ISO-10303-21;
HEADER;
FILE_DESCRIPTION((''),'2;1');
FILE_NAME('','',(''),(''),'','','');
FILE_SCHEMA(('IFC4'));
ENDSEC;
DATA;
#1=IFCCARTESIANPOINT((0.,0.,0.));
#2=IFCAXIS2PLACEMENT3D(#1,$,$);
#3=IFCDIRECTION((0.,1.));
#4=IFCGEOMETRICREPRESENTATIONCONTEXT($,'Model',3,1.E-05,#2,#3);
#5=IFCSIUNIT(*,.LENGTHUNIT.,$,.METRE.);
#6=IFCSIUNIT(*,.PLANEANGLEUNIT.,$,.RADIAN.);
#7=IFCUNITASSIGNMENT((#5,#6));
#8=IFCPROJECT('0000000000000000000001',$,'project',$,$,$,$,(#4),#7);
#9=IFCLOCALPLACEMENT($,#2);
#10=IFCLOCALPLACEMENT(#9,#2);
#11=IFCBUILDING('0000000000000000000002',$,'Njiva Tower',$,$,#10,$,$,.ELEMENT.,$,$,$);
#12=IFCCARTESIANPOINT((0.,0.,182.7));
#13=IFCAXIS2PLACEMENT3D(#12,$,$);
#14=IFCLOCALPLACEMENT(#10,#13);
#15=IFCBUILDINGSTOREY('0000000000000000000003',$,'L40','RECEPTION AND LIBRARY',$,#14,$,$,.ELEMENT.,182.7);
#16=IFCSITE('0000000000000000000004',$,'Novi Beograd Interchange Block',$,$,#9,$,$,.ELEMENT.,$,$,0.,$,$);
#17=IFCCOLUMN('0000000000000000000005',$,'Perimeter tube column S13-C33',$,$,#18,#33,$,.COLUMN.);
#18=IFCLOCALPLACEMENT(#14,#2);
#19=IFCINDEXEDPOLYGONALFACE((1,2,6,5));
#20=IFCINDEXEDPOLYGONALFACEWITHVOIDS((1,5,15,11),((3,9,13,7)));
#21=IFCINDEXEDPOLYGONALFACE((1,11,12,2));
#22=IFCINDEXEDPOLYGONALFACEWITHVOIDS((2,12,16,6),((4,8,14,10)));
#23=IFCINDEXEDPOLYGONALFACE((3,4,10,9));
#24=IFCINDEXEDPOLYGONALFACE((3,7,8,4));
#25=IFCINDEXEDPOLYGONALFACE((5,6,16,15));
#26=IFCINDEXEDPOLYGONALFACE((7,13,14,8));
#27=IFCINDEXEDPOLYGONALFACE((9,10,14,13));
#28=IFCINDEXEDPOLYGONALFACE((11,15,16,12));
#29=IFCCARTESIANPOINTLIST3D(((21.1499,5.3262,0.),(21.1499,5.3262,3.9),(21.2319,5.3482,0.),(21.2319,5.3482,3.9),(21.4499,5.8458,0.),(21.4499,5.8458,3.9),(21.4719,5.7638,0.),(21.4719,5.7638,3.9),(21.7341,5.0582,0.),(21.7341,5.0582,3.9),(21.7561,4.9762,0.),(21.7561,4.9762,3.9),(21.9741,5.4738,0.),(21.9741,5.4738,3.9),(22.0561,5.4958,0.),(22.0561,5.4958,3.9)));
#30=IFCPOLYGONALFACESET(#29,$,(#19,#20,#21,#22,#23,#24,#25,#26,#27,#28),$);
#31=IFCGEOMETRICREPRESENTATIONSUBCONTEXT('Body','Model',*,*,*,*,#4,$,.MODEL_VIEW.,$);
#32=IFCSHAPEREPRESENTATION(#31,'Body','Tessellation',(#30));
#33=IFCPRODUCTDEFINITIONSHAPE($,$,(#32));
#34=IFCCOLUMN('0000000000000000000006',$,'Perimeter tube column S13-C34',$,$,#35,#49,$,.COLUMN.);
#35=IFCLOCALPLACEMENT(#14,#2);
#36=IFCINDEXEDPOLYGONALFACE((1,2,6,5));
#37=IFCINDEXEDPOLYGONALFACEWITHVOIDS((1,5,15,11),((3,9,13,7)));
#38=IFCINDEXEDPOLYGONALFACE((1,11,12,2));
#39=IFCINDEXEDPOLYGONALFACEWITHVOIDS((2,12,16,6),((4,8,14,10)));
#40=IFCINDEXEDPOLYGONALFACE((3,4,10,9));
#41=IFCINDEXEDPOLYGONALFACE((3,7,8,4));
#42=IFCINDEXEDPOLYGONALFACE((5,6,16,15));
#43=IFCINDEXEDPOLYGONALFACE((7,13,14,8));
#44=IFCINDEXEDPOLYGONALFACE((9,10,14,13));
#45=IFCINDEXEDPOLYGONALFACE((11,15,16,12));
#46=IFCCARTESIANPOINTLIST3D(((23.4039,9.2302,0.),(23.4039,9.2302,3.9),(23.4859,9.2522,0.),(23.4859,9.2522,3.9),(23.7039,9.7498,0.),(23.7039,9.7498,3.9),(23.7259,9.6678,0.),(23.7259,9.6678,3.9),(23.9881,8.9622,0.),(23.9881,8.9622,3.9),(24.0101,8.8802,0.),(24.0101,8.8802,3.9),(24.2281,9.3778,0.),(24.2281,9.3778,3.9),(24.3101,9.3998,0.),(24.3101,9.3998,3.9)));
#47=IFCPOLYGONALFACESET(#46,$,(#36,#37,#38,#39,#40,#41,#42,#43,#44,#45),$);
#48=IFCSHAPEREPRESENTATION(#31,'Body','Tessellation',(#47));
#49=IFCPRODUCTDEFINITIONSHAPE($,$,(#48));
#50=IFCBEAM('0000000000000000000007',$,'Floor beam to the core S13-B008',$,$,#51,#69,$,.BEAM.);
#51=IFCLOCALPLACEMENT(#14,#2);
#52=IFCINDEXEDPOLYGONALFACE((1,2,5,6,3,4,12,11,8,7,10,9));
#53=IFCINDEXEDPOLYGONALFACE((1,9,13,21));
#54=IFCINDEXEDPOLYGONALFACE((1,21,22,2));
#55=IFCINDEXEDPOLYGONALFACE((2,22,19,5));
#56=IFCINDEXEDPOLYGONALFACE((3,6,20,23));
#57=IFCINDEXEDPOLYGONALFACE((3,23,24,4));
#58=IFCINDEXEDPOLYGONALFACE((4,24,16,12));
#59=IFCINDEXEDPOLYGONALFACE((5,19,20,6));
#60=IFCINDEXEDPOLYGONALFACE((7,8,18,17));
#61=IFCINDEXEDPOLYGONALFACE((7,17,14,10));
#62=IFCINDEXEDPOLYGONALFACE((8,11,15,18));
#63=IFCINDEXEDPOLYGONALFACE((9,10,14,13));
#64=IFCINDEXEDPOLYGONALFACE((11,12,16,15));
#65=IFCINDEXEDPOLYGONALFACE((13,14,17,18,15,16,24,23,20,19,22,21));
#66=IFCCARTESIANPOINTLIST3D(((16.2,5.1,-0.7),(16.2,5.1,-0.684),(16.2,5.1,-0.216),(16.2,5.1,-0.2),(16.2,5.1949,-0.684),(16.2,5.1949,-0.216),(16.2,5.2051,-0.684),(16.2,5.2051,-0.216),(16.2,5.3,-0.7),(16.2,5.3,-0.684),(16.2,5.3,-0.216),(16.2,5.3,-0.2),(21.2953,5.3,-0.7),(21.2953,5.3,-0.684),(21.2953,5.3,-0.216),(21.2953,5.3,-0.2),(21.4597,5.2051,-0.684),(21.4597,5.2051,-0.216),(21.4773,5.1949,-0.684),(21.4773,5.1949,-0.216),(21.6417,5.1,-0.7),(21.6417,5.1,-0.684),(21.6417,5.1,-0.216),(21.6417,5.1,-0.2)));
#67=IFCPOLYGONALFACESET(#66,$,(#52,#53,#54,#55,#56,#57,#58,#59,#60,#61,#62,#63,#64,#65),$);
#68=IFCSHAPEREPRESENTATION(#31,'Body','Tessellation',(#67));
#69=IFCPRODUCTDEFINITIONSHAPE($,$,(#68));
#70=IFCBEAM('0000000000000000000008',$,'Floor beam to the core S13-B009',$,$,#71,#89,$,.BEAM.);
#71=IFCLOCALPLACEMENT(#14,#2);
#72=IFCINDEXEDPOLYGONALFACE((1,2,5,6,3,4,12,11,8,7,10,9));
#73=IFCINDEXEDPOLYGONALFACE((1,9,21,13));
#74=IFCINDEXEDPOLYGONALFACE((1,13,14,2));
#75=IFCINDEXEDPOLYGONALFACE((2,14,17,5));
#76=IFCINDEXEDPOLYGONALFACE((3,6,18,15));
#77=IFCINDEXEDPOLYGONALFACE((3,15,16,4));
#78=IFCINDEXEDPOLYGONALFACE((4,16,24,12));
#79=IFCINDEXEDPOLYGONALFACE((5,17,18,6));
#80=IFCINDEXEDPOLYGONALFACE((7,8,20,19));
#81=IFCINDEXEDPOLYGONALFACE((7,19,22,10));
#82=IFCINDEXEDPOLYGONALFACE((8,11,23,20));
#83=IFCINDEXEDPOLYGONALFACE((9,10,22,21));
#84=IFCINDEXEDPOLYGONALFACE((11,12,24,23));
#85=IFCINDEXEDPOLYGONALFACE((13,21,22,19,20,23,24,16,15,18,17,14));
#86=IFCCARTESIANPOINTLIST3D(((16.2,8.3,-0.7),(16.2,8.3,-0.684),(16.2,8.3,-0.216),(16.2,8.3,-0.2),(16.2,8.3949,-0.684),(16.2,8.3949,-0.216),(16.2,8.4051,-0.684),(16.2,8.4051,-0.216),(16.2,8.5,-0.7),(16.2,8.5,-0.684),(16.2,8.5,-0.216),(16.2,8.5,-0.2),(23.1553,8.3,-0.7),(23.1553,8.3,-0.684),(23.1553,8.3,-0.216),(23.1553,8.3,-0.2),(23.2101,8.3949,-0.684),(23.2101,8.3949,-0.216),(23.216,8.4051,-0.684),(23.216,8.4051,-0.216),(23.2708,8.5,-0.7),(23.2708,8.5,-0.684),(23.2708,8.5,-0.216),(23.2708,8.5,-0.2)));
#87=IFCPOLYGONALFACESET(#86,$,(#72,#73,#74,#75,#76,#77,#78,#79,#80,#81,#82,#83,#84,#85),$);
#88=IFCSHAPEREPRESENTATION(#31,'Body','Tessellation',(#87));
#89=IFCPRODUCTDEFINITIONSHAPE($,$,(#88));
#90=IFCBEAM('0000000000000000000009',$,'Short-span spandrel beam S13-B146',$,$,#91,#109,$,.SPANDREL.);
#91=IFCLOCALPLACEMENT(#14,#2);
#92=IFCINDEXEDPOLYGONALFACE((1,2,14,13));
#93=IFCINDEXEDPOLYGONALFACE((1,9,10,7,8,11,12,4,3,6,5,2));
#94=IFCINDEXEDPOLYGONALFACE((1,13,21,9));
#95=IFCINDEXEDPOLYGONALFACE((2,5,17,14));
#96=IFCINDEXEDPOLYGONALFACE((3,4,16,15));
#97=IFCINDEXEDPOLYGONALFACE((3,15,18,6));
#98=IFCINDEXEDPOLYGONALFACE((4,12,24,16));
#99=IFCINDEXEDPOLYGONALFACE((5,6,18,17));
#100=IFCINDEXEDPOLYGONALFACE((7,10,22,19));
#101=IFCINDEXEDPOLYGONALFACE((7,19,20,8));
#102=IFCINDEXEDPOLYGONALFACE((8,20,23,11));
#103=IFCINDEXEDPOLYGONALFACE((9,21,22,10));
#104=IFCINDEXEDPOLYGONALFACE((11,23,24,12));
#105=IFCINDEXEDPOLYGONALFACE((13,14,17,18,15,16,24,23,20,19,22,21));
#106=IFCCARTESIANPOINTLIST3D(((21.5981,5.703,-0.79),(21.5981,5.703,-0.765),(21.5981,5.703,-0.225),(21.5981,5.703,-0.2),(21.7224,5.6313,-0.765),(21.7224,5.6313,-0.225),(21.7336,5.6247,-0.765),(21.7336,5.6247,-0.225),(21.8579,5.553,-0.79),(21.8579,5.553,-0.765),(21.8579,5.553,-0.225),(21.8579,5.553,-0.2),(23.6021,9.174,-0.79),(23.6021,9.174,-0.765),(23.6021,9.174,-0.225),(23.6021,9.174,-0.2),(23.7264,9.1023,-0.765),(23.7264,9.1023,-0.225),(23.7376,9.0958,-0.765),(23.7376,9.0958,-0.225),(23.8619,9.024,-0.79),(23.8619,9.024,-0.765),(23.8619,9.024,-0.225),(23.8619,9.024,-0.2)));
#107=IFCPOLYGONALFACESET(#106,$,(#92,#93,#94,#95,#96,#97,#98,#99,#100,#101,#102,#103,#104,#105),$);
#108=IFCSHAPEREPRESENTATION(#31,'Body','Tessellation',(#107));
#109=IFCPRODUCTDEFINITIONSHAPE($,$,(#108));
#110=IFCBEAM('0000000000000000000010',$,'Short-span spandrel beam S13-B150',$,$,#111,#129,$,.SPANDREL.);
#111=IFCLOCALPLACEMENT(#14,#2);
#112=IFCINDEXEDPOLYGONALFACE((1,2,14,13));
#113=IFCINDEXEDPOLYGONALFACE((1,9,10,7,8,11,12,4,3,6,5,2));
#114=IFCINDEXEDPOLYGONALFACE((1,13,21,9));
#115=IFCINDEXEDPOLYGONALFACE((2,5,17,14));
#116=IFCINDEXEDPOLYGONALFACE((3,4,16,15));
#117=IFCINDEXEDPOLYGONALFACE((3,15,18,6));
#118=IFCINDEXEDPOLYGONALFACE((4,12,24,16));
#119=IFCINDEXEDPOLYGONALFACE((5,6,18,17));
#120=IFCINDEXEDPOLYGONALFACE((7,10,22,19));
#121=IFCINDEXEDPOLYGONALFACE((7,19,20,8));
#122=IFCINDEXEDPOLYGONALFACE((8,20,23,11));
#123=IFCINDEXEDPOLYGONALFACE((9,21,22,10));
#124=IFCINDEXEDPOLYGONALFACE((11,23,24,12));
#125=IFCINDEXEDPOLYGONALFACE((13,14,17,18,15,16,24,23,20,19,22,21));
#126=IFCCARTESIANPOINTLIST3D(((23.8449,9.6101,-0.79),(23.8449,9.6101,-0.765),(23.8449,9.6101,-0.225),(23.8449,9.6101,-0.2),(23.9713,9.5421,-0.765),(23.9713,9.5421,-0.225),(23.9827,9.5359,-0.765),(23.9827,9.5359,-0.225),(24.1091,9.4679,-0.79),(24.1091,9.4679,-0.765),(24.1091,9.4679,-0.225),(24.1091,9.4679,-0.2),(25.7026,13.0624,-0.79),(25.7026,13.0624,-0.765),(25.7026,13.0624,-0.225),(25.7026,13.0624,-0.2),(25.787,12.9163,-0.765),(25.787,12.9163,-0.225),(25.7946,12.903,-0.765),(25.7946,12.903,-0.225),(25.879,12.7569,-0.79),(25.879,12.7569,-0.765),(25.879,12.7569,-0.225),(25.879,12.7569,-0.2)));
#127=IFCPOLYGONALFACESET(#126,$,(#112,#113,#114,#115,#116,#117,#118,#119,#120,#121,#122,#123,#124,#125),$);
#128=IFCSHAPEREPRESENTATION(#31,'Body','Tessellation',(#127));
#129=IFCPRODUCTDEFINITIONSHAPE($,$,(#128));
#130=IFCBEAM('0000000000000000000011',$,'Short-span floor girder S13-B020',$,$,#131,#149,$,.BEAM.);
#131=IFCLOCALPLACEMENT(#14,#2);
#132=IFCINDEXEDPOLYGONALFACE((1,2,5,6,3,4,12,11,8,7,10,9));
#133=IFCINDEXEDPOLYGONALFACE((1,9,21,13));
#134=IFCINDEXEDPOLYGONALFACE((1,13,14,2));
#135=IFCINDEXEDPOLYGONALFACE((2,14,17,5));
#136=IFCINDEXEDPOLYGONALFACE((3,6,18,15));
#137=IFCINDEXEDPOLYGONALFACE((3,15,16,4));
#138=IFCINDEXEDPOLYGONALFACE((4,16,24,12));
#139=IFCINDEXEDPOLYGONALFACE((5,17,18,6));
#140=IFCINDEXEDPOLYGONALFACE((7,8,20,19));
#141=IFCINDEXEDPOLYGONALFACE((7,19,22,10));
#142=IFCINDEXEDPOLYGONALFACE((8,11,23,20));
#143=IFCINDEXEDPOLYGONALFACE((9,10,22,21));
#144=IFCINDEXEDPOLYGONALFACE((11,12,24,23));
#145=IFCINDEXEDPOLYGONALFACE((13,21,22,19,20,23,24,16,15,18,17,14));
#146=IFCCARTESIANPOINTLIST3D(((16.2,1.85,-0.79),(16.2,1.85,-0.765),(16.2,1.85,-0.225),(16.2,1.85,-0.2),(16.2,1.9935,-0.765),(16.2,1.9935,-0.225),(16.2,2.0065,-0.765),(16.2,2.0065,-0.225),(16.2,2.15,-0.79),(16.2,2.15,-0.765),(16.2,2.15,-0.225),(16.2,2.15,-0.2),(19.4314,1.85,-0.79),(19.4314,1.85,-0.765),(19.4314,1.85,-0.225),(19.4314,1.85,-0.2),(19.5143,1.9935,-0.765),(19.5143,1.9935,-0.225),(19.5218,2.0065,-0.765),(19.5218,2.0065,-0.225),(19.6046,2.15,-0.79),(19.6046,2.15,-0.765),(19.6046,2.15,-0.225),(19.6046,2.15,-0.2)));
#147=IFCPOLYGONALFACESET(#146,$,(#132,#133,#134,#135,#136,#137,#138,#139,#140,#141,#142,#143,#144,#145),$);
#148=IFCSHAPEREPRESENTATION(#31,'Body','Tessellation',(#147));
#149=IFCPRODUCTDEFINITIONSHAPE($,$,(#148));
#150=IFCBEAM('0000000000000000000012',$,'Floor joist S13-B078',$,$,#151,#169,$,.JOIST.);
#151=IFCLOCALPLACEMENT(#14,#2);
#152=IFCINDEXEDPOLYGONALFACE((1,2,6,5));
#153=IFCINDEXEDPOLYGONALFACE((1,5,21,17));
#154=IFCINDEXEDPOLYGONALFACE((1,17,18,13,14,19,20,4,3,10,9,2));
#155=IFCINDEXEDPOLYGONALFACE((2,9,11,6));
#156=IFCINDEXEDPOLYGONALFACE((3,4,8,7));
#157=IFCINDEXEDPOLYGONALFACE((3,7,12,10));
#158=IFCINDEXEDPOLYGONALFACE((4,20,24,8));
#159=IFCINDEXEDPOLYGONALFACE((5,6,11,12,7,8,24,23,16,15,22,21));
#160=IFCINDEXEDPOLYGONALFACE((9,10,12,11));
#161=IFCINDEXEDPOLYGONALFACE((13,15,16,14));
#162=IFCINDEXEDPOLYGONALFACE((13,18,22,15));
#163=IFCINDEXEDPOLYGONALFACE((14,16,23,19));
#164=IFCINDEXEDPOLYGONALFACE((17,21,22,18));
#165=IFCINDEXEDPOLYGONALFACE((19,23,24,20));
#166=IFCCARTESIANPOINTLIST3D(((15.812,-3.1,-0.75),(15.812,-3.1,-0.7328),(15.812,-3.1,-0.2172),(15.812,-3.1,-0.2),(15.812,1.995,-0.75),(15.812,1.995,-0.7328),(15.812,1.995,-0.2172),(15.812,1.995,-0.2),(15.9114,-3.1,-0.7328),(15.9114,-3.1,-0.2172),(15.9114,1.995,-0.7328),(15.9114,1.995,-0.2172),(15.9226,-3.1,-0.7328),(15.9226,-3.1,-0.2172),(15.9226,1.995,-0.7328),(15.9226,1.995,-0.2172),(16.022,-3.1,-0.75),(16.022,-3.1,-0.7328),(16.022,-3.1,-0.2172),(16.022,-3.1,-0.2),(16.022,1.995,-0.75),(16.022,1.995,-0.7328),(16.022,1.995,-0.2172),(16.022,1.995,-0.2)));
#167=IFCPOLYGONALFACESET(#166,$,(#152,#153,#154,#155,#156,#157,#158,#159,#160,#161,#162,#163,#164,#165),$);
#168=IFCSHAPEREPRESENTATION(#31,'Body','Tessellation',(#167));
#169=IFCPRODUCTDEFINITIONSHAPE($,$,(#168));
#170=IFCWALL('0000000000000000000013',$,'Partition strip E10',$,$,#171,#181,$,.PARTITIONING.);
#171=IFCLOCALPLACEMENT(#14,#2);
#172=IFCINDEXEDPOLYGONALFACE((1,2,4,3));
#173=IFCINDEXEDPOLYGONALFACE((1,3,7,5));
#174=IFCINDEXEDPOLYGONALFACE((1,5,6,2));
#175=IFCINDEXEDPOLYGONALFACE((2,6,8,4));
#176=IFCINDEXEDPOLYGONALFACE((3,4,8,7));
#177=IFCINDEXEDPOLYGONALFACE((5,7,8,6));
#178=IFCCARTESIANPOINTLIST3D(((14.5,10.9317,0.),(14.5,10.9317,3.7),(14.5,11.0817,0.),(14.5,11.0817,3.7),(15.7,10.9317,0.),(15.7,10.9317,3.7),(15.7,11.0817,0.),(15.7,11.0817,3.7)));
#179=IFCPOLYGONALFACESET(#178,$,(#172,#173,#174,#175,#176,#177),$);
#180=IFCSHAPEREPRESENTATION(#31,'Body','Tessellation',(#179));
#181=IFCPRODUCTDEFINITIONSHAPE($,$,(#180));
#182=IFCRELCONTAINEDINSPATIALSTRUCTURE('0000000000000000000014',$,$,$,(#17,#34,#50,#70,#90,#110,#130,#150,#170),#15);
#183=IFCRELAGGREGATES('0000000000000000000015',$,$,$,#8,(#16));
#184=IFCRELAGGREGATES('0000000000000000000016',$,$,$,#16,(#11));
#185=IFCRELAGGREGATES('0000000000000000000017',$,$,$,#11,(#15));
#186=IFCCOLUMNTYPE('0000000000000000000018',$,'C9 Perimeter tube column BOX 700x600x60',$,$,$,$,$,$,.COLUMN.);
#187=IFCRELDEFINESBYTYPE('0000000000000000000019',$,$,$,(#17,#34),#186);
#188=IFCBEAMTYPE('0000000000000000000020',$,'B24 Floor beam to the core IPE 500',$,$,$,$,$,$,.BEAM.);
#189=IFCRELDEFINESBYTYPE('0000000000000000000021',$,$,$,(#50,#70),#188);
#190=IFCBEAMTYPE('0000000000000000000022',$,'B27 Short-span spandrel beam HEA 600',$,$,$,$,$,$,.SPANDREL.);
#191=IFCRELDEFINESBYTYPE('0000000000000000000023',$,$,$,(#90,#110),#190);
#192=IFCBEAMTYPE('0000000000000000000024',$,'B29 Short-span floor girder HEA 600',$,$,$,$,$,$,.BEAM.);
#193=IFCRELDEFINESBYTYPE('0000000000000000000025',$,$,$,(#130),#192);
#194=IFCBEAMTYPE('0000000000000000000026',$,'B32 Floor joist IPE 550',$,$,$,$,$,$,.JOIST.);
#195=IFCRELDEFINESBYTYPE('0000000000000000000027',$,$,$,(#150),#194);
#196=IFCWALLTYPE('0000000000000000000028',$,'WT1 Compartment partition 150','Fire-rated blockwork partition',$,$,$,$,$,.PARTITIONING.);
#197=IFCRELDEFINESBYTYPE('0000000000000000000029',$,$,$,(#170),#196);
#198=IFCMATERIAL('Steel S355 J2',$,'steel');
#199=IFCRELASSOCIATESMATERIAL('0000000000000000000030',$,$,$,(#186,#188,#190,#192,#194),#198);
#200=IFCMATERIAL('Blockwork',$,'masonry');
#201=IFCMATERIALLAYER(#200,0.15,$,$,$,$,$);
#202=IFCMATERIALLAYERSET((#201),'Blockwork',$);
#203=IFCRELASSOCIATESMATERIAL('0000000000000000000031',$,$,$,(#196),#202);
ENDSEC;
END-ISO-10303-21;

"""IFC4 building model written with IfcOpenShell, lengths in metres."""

from ifc_helpers import new_model, si_unit, direction, frame, frame_2d, origin, origin_2d, place, context, subcontext, project, spatial, rectangle, hollow_rectangle, i_section, extrude, clip, halfspace, material, layer, layer_set, material_profile, profile_set, type_object, element, save


model = new_model("IFC4")

# Units and contexts
model_context = context("Model", 3, precision=1e-05, world=origin(), true_north=direction((0.0, 1.0)))
body_context = subcontext(model_context, "Body", "Model", "MODEL_VIEW")
ifc_project = project(units=[si_unit("LENGTHUNIT", "METRE"), si_unit("PLANEANGLEUNIT", "RADIAN")], contexts=[model_context])

# Site, building, storey
site_placement = place(None, origin())
site = spatial("IfcSite", under=ifc_project, at=site_placement, Name="Novi Beograd Interchange Block", CompositionType="ELEMENT", RefElevation=0.0)
building_placement = place(site_placement, origin())
building = spatial("IfcBuilding", under=site, at=building_placement, Name="Njiva Tower", CompositionType="ELEMENT")
storey_placement = place(building_placement, frame((0.0, 0.0, 182.7)))
storey = spatial("IfcBuildingStorey", under=building, at=storey_placement, Name="L40", Description="RECEPTION AND LIBRARY", CompositionType="ELEMENT", Elevation=182.7)

# Columns
ifc_material_1 = material(Name="Steel S355 J2", Category="steel")
ifc_material_profile_1 = material_profile(ifc_material_1, hollow_rectangle(XDim=0.6, YDim=0.7, WallThickness=0.06, at=origin_2d()), Name="BOX 700x600x60")
ifc_profile_set_1 = profile_set([ifc_material_profile_1], Name="Steel S355 J2")
column_type = type_object("IfcColumnType", Name="C9 Perimeter tube column BOX 700x600x60", PredefinedType="COLUMN", material=ifc_profile_set_1)
for number, where, z_axis, x_axis, name in (
    (1, (21.603, 5.411, 0.0), (0.0, 0.0, 1.0), (0.5, 0.866025, 0.0), "Perimeter tube column S13-C33"),
    (2, (23.857, 9.315, 0.0), (0.0, 0.0, 1.0), (0.5, 0.866025, 0.0), "Perimeter tube column S13-C34"),
):
    element("IfcColumn", number, at=place(storey_placement, frame(where, z_axis=z_axis, x_axis=x_axis)), inside=storey, type_object=column_type, Name=name, PredefinedType="COLUMN", context=body_context, shape_type="SweptSolid", body=[
        extrude(hollow_rectangle(XDim=0.6, YDim=0.7, WallThickness=0.06, at=origin_2d()), origin(), (0.0, 0.0, 1.0), 3.9),
    ])

# Beams
ifc_material_profile_2 = material_profile(ifc_material_1, i_section(OverallWidth=0.2, OverallDepth=0.5, WebThickness=0.0102, FlangeThickness=0.016, at=origin_2d()), Name="IPE 500")
ifc_profile_set_2 = profile_set([ifc_material_profile_2], Name="Steel S355 J2")
beam_type_1 = type_object("IfcBeamType", Name="B24 Floor beam to the core IPE 500", PredefinedType="BEAM", material=ifc_profile_set_2)
beam_1_placement = place(storey_placement, frame((16.2, 5.2, -0.45), z_axis=(1.0, 0.0, 0.0), x_axis=(0.0, 1.0, 0.0)))
element("IfcBeam", 3, at=beam_1_placement, inside=storey, type_object=beam_type_1, Name="Floor beam to the core S13-B008", PredefinedType="BEAM", context=body_context, shape_type="Clipping", body=[
    clip(extrude(i_section(OverallWidth=0.2, OverallDepth=0.5, WebThickness=0.0102, FlangeThickness=0.016, at=origin_2d()), origin(), (0.0, 0.0, 1.0), 5.461), halfspace(frame((0.0433, 0.0, 5.1935), z_axis=(0.866027, 0.0, 0.499998), x_axis=(0.0, 1.0, 0.0)), False)),
])
beam_2_placement = place(storey_placement, frame((16.2, 8.4, -0.45), z_axis=(1.0, 0.0, 0.0), x_axis=(0.0, 1.0, 0.0)))
element("IfcBeam", 4, at=beam_2_placement, inside=storey, type_object=beam_type_1, Name="Floor beam to the core S13-B009", PredefinedType="BEAM", context=body_context, shape_type="Clipping", body=[
    clip(extrude(i_section(OverallWidth=0.2, OverallDepth=0.5, WebThickness=0.0102, FlangeThickness=0.016, at=origin_2d()), origin(), (0.0, 0.0, 1.0), 7.091), halfspace(frame((-0.025, 0.0, 6.9986), z_axis=(-0.499998, 0.0, 0.866027), x_axis=(0.0, 1.0, 0.0)), False)),
])
ifc_material_profile_3 = material_profile(ifc_material_1, i_section(OverallWidth=0.3, OverallDepth=0.59, WebThickness=0.013, FlangeThickness=0.025, at=origin_2d()), Name="HEA 600")
ifc_profile_set_3 = profile_set([ifc_material_profile_3], Name="Steel S355 J2")
beam_type_2 = type_object("IfcBeamType", Name="B27 Short-span spandrel beam HEA 600", PredefinedType="SPANDREL", material=ifc_profile_set_3)
beam_3_placement = place(storey_placement, frame((21.728, 5.628, -0.495), z_axis=(0.500003, 0.866024, 0.0), x_axis=(-0.866024, 0.500003, 0.0)))
element("IfcBeam", 5, at=beam_3_placement, inside=storey, type_object=beam_type_2, Name="Short-span spandrel beam S13-B146", PredefinedType="SPANDREL", context=body_context, shape_type="SweptSolid", body=[
    extrude(i_section(OverallWidth=0.3, OverallDepth=0.59, WebThickness=0.013, FlangeThickness=0.025, at=origin_2d()), origin(), (0.0, 0.0, 1.0), 4.008),
])
beam_4_placement = place(storey_placement, frame((23.977, 9.539, -0.495), z_axis=(0.473866, 0.880597, 0.0), x_axis=(-0.880597, 0.473866, 0.0)))
element("IfcBeam", 6, at=beam_4_placement, inside=storey, type_object=beam_type_2, Name="Short-span spandrel beam S13-B150", PredefinedType="SPANDREL", context=body_context, shape_type="Clipping", body=[
    clip(extrude(i_section(OverallWidth=0.3, OverallDepth=0.59, WebThickness=0.013, FlangeThickness=0.025, at=origin_2d()), origin(), (0.0, 0.0, 1.0), 3.9411), halfspace(frame((-0.0262, 0.0, 3.8115), z_axis=(-0.525688, 0.0, 0.850677), x_axis=(0.0, 1.0, 0.0)), False)),
])
ifc_material_profile_4 = material_profile(ifc_material_1, i_section(OverallWidth=0.3, OverallDepth=0.59, WebThickness=0.013, FlangeThickness=0.025, at=origin_2d()), Name="HEA 600")
ifc_profile_set_4 = profile_set([ifc_material_profile_4], Name="Steel S355 J2")
beam_type_3 = type_object("IfcBeamType", Name="B29 Short-span floor girder HEA 600", PredefinedType="BEAM", material=ifc_profile_set_4)
beam_5_placement = place(storey_placement, frame((16.2, 2.0, -0.495), z_axis=(1.0, 0.0, 0.0), x_axis=(0.0, 1.0, 0.0)))
element("IfcBeam", 7, at=beam_5_placement, inside=storey, type_object=beam_type_3, Name="Short-span floor girder S13-B020", PredefinedType="BEAM", context=body_context, shape_type="Clipping", body=[
    clip(extrude(i_section(OverallWidth=0.3, OverallDepth=0.59, WebThickness=0.013, FlangeThickness=0.025, at=origin_2d()), origin(), (0.0, 0.0, 1.0), 3.425), halfspace(frame((-0.025, 0.0, 3.3036), z_axis=(-0.499998, 0.0, 0.866027), x_axis=(0.0, 1.0, 0.0)), False)),
])
ifc_material_profile_5 = material_profile(ifc_material_1, i_section(OverallWidth=0.21, OverallDepth=0.55, WebThickness=0.0111, FlangeThickness=0.0172, at=origin_2d()), Name="IPE 550")
ifc_profile_set_5 = profile_set([ifc_material_profile_5], Name="Steel S355 J2")
beam_type_4 = type_object("IfcBeamType", Name="B32 Floor joist IPE 550", PredefinedType="JOIST", material=ifc_profile_set_5)
beam_6_placement = place(storey_placement, frame((15.917, 1.995, -0.475), z_axis=(0.0, -1.0, 0.0), x_axis=(1.0, 0.0, 0.0)))
element("IfcBeam", 8, at=beam_6_placement, inside=storey, type_object=beam_type_4, Name="Floor joist S13-B078", PredefinedType="JOIST", context=body_context, shape_type="SweptSolid", body=[
    extrude(i_section(OverallWidth=0.21, OverallDepth=0.55, WebThickness=0.0111, FlangeThickness=0.0172, at=origin_2d()), origin(), (0.0, 0.0, 1.0), 5.095),
])

# Wall
ifc_material_2 = material(Name="Blockwork", Category="masonry")
ifc_layer_1 = layer(ifc_material_2, 0.15)
ifc_layer_set_1 = layer_set([ifc_layer_1], Name="Blockwork")
wall_type_1 = type_object("IfcWallType", Name="WT1 Compartment partition 150", Description="Fire-rated blockwork partition", PredefinedType="PARTITIONING", material=ifc_layer_set_1)
wall_1_placement = place(storey_placement, frame((14.5, 11.0067, 0.0), z_axis=(0.0, 0.0, 1.0), x_axis=(1.0, 0.0, 0.0)))
element("IfcWall", 9, at=wall_1_placement, inside=storey, type_object=wall_type_1, Name="Partition strip E10", PredefinedType="PARTITIONING", context=body_context, shape_type="SweptSolid", body=[
    extrude(rectangle(XDim=1.2, YDim=0.15, at=frame_2d((0.6, 0.0))), origin(), (0.0, 0.0, 1.0), 3.7),
])

save(model, "model.ifc")
